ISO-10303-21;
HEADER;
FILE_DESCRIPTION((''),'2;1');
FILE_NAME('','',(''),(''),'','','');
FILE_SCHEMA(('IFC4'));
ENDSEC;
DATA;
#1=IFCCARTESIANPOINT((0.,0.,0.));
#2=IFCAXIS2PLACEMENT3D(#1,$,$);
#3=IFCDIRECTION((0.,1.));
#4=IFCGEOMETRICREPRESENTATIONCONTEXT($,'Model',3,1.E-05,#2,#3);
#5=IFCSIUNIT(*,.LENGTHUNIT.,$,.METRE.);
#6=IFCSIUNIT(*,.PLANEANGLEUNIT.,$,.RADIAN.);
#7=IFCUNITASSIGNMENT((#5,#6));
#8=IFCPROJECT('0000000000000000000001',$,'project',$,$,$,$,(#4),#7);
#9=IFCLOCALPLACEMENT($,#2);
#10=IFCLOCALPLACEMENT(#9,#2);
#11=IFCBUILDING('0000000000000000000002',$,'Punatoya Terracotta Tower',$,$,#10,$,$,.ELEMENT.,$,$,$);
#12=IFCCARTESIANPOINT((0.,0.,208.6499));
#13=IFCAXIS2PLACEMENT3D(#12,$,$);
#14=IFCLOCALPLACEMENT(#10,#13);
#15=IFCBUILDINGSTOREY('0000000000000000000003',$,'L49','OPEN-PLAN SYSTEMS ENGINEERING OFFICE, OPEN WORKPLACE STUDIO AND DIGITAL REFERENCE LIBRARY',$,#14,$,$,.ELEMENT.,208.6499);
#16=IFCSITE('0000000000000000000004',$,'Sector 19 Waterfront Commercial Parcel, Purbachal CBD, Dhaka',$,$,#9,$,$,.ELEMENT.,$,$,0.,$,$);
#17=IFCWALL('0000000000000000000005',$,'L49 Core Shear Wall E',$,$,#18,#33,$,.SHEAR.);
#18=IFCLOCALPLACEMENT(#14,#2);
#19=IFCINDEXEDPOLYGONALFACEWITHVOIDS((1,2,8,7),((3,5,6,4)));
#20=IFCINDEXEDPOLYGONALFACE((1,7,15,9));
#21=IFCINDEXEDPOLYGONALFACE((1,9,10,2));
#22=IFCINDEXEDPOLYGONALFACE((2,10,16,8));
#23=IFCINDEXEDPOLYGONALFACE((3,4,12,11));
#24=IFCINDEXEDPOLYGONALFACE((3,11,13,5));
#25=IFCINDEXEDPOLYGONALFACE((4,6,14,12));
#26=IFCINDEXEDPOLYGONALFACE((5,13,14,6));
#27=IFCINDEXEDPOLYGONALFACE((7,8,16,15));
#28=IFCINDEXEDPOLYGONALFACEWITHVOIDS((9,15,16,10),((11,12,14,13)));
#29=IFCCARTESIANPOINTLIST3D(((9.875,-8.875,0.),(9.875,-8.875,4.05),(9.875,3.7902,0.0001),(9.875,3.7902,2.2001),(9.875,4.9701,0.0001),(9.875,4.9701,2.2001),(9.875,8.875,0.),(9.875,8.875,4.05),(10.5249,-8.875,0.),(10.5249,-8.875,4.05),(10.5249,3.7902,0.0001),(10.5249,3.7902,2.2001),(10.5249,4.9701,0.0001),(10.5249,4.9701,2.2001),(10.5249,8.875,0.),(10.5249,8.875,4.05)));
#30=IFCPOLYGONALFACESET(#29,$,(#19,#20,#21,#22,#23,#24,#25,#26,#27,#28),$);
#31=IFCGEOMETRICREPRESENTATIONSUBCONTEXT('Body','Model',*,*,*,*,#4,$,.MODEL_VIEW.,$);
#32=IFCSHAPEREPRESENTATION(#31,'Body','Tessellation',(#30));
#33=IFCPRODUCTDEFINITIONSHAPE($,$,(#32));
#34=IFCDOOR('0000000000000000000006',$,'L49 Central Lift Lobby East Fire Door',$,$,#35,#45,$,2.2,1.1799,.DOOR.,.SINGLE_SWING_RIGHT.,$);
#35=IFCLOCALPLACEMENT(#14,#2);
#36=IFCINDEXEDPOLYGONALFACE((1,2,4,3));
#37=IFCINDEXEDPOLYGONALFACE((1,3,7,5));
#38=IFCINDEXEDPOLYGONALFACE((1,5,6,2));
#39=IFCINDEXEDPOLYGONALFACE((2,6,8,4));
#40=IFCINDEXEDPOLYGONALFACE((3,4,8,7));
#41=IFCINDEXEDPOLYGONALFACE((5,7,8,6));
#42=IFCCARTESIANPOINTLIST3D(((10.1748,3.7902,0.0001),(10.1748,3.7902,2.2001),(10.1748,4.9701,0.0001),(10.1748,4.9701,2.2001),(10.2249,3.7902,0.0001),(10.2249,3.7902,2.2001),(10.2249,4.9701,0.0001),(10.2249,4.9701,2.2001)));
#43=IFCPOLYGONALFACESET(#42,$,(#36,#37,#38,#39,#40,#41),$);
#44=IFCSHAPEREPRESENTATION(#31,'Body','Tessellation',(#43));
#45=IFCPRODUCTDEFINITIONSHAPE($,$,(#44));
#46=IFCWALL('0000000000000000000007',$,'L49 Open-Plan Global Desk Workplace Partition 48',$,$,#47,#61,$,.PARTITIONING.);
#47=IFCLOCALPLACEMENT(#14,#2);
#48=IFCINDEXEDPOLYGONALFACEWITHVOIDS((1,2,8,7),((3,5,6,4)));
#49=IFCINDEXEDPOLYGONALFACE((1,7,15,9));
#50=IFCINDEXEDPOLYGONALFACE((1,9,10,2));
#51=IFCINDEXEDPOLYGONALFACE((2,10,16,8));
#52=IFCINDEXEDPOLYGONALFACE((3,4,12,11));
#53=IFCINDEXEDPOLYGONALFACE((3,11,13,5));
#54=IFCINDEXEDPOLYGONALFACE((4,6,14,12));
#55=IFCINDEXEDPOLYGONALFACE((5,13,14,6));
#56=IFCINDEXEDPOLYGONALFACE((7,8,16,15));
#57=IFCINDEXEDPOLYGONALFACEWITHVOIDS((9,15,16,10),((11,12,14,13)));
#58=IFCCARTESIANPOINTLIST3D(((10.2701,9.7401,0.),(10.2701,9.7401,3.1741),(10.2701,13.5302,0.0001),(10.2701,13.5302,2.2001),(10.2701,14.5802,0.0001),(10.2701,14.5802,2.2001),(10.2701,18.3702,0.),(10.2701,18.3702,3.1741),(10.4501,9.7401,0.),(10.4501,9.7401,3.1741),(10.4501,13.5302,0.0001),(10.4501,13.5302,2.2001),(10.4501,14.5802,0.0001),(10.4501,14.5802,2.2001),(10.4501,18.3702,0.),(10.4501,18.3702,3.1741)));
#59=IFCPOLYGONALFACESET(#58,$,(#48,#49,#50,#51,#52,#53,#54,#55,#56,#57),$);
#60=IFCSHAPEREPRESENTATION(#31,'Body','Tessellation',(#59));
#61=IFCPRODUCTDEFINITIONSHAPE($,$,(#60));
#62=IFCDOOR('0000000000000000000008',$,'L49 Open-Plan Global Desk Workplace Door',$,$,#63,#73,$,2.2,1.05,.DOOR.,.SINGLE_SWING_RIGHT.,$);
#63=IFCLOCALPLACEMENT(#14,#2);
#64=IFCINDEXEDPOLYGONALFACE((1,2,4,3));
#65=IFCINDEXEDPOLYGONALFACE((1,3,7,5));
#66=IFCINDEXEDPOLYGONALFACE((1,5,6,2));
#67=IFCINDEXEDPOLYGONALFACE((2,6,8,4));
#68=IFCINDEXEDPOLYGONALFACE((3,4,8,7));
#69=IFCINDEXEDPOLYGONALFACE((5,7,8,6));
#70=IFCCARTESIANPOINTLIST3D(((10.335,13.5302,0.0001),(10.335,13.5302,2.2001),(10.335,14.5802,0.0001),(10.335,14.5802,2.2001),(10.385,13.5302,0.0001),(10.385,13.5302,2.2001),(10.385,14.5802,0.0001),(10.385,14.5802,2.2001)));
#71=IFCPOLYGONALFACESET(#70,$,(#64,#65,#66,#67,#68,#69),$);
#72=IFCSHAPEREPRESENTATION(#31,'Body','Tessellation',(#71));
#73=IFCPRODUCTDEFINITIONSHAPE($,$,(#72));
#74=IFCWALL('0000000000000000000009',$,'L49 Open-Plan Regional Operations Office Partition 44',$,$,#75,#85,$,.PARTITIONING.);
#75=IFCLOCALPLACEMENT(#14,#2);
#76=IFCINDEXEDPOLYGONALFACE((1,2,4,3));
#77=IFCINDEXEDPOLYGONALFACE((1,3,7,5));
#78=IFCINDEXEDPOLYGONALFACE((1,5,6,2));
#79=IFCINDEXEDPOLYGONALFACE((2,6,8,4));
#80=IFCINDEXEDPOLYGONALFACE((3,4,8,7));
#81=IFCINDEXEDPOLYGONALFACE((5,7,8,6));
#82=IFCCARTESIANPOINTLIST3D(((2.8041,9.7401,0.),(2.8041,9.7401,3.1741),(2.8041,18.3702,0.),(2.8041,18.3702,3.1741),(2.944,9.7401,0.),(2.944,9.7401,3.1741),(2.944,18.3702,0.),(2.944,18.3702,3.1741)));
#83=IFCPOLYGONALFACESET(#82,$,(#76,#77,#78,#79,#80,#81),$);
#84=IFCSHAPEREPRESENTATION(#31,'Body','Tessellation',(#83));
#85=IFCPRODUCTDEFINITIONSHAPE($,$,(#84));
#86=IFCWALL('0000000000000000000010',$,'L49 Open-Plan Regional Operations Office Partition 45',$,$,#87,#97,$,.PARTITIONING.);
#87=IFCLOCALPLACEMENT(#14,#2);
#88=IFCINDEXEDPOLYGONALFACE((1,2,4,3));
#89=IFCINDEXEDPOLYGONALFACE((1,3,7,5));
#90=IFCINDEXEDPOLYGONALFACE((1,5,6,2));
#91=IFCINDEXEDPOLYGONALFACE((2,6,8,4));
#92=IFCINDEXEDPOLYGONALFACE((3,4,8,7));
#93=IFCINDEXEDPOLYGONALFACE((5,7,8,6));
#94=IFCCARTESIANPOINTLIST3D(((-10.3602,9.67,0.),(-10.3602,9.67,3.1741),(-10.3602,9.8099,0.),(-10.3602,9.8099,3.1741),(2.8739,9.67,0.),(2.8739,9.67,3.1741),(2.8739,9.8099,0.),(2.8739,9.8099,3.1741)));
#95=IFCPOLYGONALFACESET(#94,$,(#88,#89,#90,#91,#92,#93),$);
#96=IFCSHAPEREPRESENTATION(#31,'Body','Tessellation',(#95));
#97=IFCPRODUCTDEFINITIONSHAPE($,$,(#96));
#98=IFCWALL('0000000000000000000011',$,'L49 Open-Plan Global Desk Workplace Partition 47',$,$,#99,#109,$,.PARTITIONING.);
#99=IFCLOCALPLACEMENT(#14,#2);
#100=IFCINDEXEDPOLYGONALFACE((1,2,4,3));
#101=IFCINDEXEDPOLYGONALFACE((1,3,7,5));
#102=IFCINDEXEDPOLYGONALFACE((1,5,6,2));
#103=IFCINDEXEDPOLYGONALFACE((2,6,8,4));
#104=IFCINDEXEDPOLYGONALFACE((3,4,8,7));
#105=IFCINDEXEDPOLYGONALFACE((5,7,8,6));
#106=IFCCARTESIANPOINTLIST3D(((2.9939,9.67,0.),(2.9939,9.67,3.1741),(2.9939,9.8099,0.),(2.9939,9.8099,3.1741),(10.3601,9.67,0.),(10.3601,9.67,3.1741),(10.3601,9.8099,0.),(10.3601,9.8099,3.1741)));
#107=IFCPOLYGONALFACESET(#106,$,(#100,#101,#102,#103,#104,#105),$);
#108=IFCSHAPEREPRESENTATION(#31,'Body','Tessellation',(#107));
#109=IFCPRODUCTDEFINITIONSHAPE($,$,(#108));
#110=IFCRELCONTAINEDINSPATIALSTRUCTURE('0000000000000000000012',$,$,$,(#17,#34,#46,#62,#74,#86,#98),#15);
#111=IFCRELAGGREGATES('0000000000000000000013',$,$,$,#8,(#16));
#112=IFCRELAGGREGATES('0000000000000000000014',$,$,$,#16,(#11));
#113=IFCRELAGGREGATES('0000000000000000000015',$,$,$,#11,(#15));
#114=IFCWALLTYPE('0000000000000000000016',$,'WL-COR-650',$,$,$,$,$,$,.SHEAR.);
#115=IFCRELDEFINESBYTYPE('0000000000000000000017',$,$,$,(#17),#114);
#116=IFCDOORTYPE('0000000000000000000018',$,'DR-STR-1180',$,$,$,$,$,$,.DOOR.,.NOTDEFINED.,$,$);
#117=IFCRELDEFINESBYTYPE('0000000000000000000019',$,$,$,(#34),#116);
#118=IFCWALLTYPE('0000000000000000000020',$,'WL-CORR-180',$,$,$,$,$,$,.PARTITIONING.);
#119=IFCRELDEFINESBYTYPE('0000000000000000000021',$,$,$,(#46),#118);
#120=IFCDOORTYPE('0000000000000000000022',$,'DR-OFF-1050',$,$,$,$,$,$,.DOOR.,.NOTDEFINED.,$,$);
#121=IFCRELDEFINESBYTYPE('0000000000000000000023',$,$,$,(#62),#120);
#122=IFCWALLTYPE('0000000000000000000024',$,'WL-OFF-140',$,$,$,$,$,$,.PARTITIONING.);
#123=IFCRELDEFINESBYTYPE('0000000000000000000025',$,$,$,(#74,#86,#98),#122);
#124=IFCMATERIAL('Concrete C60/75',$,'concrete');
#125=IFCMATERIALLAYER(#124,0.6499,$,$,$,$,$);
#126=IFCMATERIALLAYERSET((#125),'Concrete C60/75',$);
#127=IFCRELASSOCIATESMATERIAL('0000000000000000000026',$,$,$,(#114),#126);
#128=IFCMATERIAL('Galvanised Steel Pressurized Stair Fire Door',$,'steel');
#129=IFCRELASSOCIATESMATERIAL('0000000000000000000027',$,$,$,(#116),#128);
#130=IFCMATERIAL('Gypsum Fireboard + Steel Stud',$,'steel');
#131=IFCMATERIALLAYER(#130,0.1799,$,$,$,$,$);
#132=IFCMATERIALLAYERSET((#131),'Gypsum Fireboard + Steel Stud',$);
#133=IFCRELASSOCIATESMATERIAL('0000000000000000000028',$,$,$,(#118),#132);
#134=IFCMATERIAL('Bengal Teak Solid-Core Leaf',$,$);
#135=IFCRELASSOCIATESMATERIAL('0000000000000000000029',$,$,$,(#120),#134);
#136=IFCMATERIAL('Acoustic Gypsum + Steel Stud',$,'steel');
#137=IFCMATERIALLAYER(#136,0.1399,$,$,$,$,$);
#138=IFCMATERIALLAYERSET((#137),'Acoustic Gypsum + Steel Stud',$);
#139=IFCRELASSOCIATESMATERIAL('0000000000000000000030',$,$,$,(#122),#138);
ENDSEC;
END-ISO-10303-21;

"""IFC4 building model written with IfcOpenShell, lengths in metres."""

from ifc_helpers import new_model, si_unit, direction, frame, frame_2d, origin, place, context, subcontext, project, spatial, rectangle, extrude, material, layer, layer_set, type_object, element, fill, save


model = new_model("IFC4")

# Units and contexts
model_context = context("Model", 3, precision=1e-05, world=origin(), true_north=direction((0.0, 1.0)))
body_context = subcontext(model_context, "Body", "Model", "MODEL_VIEW")
ifc_project = project(units=[si_unit("LENGTHUNIT", "METRE"), si_unit("PLANEANGLEUNIT", "RADIAN")], contexts=[model_context])

# Site, building, storey
site_placement = place(None, origin())
site = spatial("IfcSite", under=ifc_project, at=site_placement, Name="Sector 19 Waterfront Commercial Parcel, Purbachal CBD, Dhaka", CompositionType="ELEMENT", RefElevation=0.0)
building_placement = place(site_placement, origin())
building = spatial("IfcBuilding", under=site, at=building_placement, Name="Punatoya Terracotta Tower", CompositionType="ELEMENT")
storey_placement = place(building_placement, frame((0.0, 0.0, 208.6499)))
storey = spatial("IfcBuildingStorey", under=building, at=storey_placement, Name="L49", Description="OPEN-PLAN SYSTEMS ENGINEERING OFFICE, OPEN WORKPLACE STUDIO AND DIGITAL REFERENCE LIBRARY", CompositionType="ELEMENT", Elevation=208.6499)

# Walls, openings, doors
ifc_material_1 = material(Name="Concrete C60/75", Category="concrete")
ifc_layer_1 = layer(ifc_material_1, 0.6499)
ifc_layer_set_1 = layer_set([ifc_layer_1], Name="Concrete C60/75")
wall_type_1 = type_object("IfcWallType", Name="WL-COR-650", PredefinedType="SHEAR", material=ifc_layer_set_1)
wall_1_placement = place(storey_placement, frame((10.2, 8.875, 0.0), z_axis=(0.0, 0.0, 1.0), x_axis=(0.0, -1.0, 0.0)))
wall_1 = element("IfcWall", 1, at=wall_1_placement, inside=storey, type_object=wall_type_1, Name="L49 Core Shear Wall E", PredefinedType="SHEAR", context=body_context, shape_type="SweptSolid", body=[
    extrude(rectangle(XDim=17.75, YDim=0.6499, at=frame_2d((8.875, 0.0))), origin(), (0.0, 0.0, 1.0), 4.05),
])
opening_1_placement = place(wall_1_placement, frame((3.905, 0.0, 0.0)))
opening_1 = element("IfcOpeningElement", 2, at=opening_1_placement, cuts=wall_1, PredefinedType="OPENING", context=body_context, shape_type="SweptSolid", body=[
    extrude(rectangle(XDim=1.1799, YDim=2.2, at=frame_2d((0.5898, 1.1001))), frame((0.0, 0.335, 0.0), z_axis=(0.0, -1.0, 0.0), x_axis=(1.0, 0.0, 0.0)), (0.0, 0.0, 1.0), 0.6699),
])
ifc_material_2 = material(Name="Galvanised Steel Pressurized Stair Fire Door", Category="steel")
door_type_1 = type_object("IfcDoorType", Name="DR-STR-1180", OperationType="NOTDEFINED", PredefinedType="DOOR", material=ifc_material_2)
door_1_placement = place(opening_1_placement, origin())
door_1 = element("IfcDoor", 3, at=door_1_placement, inside=storey, type_object=door_type_1, Name="L49 Central Lift Lobby East Fire Door", OperationType="SINGLE_SWING_RIGHT", OverallHeight=2.2, OverallWidth=1.1799, PredefinedType="DOOR", context=body_context, shape_type="SweptSolid", body=[
    extrude(rectangle(XDim=1.1799, YDim=2.2, at=frame_2d((0.5898, 1.1001))), frame((0.0, 0.0249, 0.0), z_axis=(0.0, -1.0, 0.0), x_axis=(1.0, 0.0, 0.0)), (0.0, 0.0, 1.0), 0.05),
])
fill(opening_1, door_1)
ifc_material_3 = material(Name="Gypsum Fireboard + Steel Stud", Category="steel")
ifc_layer_2 = layer(ifc_material_3, 0.1799)
ifc_layer_set_2 = layer_set([ifc_layer_2], Name="Gypsum Fireboard + Steel Stud")
wall_type_2 = type_object("IfcWallType", Name="WL-CORR-180", PredefinedType="PARTITIONING", material=ifc_layer_set_2)
wall_2_placement = place(storey_placement, frame((10.3601, 18.3701, 0.0), z_axis=(0.0, 0.0, 1.0), x_axis=(0.0, -1.0, 0.0)))
wall_2 = element("IfcWall", 4, at=wall_2_placement, inside=storey, type_object=wall_type_2, Name="L49 Open-Plan Global Desk Workplace Partition 48", PredefinedType="PARTITIONING", context=body_context, shape_type="SweptSolid", body=[
    extrude(rectangle(XDim=8.6301, YDim=0.1799, at=frame_2d((4.3149, 0.0))), origin(), (0.0, 0.0, 1.0), 3.1741),
])
opening_2_placement = place(wall_2_placement, frame((3.79, 0.0, 0.0)))
opening_2 = element("IfcOpeningElement", 5, at=opening_2_placement, cuts=wall_2, PredefinedType="OPENING", context=body_context, shape_type="SweptSolid", body=[
    extrude(rectangle(XDim=1.05, YDim=2.2, at=frame_2d((0.5249, 1.1001))), frame((0.0, 0.0999, 0.0), z_axis=(0.0, -1.0, 0.0), x_axis=(1.0, 0.0, 0.0)), (0.0, 0.0, 1.0), 0.2),
])
ifc_material_4 = material(Name="Bengal Teak Solid-Core Leaf")
door_type_2 = type_object("IfcDoorType", Name="DR-OFF-1050", OperationType="NOTDEFINED", PredefinedType="DOOR", material=ifc_material_4)
door_2_placement = place(opening_2_placement, origin())
door_2 = element("IfcDoor", 6, at=door_2_placement, inside=storey, type_object=door_type_2, Name="L49 Open-Plan Global Desk Workplace Door", OperationType="SINGLE_SWING_RIGHT", OverallHeight=2.2, OverallWidth=1.05, PredefinedType="DOOR", context=body_context, shape_type="SweptSolid", body=[
    extrude(rectangle(XDim=1.05, YDim=2.2, at=frame_2d((0.5249, 1.1001))), frame((0.0, 0.0249, 0.0), z_axis=(0.0, -1.0, 0.0), x_axis=(1.0, 0.0, 0.0)), (0.0, 0.0, 1.0), 0.05),
])
fill(opening_2, door_2)

# Walls
ifc_material_5 = material(Name="Acoustic Gypsum + Steel Stud", Category="steel")
ifc_layer_3 = layer(ifc_material_5, 0.1399)
ifc_layer_set_3 = layer_set([ifc_layer_3], Name="Acoustic Gypsum + Steel Stud")
wall_type_3 = type_object("IfcWallType", Name="WL-OFF-140", PredefinedType="PARTITIONING", material=ifc_layer_set_3)
wall_3_placement = place(storey_placement, frame((2.874, 18.3701, 0.0), z_axis=(0.0, 0.0, 1.0), x_axis=(0.0, -1.0, 0.0)))
element("IfcWall", 7, at=wall_3_placement, inside=storey, type_object=wall_type_3, Name="L49 Open-Plan Regional Operations Office Partition 44", PredefinedType="PARTITIONING", context=body_context, shape_type="SweptSolid", body=[
    extrude(rectangle(XDim=8.6301, YDim=0.1399, at=frame_2d((4.3149, 0.0))), origin(), (0.0, 0.0, 1.0), 3.1741),
])
wall_4_placement = place(storey_placement, frame((2.874, 9.74, 0.0), z_axis=(0.0, 0.0, 1.0), x_axis=(-1.0, 0.0, 0.0)))
element("IfcWall", 8, at=wall_4_placement, inside=storey, type_object=wall_type_3, Name="L49 Open-Plan Regional Operations Office Partition 45", PredefinedType="PARTITIONING", context=body_context, shape_type="SweptSolid", body=[
    extrude(rectangle(XDim=13.2341, YDim=0.1399, at=frame_2d((6.6172, 0.0))), origin(), (0.0, 0.0, 1.0), 3.1741),
])
wall_5_placement = place(storey_placement, frame((10.3601, 9.74, 0.0), z_axis=(0.0, 0.0, 1.0), x_axis=(-1.0, 0.0, 0.0)))
element("IfcWall", 9, at=wall_5_placement, inside=storey, type_object=wall_type_3, Name="L49 Open-Plan Global Desk Workplace Partition 47", PredefinedType="PARTITIONING", context=body_context, shape_type="SweptSolid", body=[
    extrude(rectangle(XDim=7.3662, YDim=0.1399, at=frame_2d((3.6831, 0.0))), origin(), (0.0, 0.0, 1.0), 3.1741),
])

save(model, "model.ifc")
